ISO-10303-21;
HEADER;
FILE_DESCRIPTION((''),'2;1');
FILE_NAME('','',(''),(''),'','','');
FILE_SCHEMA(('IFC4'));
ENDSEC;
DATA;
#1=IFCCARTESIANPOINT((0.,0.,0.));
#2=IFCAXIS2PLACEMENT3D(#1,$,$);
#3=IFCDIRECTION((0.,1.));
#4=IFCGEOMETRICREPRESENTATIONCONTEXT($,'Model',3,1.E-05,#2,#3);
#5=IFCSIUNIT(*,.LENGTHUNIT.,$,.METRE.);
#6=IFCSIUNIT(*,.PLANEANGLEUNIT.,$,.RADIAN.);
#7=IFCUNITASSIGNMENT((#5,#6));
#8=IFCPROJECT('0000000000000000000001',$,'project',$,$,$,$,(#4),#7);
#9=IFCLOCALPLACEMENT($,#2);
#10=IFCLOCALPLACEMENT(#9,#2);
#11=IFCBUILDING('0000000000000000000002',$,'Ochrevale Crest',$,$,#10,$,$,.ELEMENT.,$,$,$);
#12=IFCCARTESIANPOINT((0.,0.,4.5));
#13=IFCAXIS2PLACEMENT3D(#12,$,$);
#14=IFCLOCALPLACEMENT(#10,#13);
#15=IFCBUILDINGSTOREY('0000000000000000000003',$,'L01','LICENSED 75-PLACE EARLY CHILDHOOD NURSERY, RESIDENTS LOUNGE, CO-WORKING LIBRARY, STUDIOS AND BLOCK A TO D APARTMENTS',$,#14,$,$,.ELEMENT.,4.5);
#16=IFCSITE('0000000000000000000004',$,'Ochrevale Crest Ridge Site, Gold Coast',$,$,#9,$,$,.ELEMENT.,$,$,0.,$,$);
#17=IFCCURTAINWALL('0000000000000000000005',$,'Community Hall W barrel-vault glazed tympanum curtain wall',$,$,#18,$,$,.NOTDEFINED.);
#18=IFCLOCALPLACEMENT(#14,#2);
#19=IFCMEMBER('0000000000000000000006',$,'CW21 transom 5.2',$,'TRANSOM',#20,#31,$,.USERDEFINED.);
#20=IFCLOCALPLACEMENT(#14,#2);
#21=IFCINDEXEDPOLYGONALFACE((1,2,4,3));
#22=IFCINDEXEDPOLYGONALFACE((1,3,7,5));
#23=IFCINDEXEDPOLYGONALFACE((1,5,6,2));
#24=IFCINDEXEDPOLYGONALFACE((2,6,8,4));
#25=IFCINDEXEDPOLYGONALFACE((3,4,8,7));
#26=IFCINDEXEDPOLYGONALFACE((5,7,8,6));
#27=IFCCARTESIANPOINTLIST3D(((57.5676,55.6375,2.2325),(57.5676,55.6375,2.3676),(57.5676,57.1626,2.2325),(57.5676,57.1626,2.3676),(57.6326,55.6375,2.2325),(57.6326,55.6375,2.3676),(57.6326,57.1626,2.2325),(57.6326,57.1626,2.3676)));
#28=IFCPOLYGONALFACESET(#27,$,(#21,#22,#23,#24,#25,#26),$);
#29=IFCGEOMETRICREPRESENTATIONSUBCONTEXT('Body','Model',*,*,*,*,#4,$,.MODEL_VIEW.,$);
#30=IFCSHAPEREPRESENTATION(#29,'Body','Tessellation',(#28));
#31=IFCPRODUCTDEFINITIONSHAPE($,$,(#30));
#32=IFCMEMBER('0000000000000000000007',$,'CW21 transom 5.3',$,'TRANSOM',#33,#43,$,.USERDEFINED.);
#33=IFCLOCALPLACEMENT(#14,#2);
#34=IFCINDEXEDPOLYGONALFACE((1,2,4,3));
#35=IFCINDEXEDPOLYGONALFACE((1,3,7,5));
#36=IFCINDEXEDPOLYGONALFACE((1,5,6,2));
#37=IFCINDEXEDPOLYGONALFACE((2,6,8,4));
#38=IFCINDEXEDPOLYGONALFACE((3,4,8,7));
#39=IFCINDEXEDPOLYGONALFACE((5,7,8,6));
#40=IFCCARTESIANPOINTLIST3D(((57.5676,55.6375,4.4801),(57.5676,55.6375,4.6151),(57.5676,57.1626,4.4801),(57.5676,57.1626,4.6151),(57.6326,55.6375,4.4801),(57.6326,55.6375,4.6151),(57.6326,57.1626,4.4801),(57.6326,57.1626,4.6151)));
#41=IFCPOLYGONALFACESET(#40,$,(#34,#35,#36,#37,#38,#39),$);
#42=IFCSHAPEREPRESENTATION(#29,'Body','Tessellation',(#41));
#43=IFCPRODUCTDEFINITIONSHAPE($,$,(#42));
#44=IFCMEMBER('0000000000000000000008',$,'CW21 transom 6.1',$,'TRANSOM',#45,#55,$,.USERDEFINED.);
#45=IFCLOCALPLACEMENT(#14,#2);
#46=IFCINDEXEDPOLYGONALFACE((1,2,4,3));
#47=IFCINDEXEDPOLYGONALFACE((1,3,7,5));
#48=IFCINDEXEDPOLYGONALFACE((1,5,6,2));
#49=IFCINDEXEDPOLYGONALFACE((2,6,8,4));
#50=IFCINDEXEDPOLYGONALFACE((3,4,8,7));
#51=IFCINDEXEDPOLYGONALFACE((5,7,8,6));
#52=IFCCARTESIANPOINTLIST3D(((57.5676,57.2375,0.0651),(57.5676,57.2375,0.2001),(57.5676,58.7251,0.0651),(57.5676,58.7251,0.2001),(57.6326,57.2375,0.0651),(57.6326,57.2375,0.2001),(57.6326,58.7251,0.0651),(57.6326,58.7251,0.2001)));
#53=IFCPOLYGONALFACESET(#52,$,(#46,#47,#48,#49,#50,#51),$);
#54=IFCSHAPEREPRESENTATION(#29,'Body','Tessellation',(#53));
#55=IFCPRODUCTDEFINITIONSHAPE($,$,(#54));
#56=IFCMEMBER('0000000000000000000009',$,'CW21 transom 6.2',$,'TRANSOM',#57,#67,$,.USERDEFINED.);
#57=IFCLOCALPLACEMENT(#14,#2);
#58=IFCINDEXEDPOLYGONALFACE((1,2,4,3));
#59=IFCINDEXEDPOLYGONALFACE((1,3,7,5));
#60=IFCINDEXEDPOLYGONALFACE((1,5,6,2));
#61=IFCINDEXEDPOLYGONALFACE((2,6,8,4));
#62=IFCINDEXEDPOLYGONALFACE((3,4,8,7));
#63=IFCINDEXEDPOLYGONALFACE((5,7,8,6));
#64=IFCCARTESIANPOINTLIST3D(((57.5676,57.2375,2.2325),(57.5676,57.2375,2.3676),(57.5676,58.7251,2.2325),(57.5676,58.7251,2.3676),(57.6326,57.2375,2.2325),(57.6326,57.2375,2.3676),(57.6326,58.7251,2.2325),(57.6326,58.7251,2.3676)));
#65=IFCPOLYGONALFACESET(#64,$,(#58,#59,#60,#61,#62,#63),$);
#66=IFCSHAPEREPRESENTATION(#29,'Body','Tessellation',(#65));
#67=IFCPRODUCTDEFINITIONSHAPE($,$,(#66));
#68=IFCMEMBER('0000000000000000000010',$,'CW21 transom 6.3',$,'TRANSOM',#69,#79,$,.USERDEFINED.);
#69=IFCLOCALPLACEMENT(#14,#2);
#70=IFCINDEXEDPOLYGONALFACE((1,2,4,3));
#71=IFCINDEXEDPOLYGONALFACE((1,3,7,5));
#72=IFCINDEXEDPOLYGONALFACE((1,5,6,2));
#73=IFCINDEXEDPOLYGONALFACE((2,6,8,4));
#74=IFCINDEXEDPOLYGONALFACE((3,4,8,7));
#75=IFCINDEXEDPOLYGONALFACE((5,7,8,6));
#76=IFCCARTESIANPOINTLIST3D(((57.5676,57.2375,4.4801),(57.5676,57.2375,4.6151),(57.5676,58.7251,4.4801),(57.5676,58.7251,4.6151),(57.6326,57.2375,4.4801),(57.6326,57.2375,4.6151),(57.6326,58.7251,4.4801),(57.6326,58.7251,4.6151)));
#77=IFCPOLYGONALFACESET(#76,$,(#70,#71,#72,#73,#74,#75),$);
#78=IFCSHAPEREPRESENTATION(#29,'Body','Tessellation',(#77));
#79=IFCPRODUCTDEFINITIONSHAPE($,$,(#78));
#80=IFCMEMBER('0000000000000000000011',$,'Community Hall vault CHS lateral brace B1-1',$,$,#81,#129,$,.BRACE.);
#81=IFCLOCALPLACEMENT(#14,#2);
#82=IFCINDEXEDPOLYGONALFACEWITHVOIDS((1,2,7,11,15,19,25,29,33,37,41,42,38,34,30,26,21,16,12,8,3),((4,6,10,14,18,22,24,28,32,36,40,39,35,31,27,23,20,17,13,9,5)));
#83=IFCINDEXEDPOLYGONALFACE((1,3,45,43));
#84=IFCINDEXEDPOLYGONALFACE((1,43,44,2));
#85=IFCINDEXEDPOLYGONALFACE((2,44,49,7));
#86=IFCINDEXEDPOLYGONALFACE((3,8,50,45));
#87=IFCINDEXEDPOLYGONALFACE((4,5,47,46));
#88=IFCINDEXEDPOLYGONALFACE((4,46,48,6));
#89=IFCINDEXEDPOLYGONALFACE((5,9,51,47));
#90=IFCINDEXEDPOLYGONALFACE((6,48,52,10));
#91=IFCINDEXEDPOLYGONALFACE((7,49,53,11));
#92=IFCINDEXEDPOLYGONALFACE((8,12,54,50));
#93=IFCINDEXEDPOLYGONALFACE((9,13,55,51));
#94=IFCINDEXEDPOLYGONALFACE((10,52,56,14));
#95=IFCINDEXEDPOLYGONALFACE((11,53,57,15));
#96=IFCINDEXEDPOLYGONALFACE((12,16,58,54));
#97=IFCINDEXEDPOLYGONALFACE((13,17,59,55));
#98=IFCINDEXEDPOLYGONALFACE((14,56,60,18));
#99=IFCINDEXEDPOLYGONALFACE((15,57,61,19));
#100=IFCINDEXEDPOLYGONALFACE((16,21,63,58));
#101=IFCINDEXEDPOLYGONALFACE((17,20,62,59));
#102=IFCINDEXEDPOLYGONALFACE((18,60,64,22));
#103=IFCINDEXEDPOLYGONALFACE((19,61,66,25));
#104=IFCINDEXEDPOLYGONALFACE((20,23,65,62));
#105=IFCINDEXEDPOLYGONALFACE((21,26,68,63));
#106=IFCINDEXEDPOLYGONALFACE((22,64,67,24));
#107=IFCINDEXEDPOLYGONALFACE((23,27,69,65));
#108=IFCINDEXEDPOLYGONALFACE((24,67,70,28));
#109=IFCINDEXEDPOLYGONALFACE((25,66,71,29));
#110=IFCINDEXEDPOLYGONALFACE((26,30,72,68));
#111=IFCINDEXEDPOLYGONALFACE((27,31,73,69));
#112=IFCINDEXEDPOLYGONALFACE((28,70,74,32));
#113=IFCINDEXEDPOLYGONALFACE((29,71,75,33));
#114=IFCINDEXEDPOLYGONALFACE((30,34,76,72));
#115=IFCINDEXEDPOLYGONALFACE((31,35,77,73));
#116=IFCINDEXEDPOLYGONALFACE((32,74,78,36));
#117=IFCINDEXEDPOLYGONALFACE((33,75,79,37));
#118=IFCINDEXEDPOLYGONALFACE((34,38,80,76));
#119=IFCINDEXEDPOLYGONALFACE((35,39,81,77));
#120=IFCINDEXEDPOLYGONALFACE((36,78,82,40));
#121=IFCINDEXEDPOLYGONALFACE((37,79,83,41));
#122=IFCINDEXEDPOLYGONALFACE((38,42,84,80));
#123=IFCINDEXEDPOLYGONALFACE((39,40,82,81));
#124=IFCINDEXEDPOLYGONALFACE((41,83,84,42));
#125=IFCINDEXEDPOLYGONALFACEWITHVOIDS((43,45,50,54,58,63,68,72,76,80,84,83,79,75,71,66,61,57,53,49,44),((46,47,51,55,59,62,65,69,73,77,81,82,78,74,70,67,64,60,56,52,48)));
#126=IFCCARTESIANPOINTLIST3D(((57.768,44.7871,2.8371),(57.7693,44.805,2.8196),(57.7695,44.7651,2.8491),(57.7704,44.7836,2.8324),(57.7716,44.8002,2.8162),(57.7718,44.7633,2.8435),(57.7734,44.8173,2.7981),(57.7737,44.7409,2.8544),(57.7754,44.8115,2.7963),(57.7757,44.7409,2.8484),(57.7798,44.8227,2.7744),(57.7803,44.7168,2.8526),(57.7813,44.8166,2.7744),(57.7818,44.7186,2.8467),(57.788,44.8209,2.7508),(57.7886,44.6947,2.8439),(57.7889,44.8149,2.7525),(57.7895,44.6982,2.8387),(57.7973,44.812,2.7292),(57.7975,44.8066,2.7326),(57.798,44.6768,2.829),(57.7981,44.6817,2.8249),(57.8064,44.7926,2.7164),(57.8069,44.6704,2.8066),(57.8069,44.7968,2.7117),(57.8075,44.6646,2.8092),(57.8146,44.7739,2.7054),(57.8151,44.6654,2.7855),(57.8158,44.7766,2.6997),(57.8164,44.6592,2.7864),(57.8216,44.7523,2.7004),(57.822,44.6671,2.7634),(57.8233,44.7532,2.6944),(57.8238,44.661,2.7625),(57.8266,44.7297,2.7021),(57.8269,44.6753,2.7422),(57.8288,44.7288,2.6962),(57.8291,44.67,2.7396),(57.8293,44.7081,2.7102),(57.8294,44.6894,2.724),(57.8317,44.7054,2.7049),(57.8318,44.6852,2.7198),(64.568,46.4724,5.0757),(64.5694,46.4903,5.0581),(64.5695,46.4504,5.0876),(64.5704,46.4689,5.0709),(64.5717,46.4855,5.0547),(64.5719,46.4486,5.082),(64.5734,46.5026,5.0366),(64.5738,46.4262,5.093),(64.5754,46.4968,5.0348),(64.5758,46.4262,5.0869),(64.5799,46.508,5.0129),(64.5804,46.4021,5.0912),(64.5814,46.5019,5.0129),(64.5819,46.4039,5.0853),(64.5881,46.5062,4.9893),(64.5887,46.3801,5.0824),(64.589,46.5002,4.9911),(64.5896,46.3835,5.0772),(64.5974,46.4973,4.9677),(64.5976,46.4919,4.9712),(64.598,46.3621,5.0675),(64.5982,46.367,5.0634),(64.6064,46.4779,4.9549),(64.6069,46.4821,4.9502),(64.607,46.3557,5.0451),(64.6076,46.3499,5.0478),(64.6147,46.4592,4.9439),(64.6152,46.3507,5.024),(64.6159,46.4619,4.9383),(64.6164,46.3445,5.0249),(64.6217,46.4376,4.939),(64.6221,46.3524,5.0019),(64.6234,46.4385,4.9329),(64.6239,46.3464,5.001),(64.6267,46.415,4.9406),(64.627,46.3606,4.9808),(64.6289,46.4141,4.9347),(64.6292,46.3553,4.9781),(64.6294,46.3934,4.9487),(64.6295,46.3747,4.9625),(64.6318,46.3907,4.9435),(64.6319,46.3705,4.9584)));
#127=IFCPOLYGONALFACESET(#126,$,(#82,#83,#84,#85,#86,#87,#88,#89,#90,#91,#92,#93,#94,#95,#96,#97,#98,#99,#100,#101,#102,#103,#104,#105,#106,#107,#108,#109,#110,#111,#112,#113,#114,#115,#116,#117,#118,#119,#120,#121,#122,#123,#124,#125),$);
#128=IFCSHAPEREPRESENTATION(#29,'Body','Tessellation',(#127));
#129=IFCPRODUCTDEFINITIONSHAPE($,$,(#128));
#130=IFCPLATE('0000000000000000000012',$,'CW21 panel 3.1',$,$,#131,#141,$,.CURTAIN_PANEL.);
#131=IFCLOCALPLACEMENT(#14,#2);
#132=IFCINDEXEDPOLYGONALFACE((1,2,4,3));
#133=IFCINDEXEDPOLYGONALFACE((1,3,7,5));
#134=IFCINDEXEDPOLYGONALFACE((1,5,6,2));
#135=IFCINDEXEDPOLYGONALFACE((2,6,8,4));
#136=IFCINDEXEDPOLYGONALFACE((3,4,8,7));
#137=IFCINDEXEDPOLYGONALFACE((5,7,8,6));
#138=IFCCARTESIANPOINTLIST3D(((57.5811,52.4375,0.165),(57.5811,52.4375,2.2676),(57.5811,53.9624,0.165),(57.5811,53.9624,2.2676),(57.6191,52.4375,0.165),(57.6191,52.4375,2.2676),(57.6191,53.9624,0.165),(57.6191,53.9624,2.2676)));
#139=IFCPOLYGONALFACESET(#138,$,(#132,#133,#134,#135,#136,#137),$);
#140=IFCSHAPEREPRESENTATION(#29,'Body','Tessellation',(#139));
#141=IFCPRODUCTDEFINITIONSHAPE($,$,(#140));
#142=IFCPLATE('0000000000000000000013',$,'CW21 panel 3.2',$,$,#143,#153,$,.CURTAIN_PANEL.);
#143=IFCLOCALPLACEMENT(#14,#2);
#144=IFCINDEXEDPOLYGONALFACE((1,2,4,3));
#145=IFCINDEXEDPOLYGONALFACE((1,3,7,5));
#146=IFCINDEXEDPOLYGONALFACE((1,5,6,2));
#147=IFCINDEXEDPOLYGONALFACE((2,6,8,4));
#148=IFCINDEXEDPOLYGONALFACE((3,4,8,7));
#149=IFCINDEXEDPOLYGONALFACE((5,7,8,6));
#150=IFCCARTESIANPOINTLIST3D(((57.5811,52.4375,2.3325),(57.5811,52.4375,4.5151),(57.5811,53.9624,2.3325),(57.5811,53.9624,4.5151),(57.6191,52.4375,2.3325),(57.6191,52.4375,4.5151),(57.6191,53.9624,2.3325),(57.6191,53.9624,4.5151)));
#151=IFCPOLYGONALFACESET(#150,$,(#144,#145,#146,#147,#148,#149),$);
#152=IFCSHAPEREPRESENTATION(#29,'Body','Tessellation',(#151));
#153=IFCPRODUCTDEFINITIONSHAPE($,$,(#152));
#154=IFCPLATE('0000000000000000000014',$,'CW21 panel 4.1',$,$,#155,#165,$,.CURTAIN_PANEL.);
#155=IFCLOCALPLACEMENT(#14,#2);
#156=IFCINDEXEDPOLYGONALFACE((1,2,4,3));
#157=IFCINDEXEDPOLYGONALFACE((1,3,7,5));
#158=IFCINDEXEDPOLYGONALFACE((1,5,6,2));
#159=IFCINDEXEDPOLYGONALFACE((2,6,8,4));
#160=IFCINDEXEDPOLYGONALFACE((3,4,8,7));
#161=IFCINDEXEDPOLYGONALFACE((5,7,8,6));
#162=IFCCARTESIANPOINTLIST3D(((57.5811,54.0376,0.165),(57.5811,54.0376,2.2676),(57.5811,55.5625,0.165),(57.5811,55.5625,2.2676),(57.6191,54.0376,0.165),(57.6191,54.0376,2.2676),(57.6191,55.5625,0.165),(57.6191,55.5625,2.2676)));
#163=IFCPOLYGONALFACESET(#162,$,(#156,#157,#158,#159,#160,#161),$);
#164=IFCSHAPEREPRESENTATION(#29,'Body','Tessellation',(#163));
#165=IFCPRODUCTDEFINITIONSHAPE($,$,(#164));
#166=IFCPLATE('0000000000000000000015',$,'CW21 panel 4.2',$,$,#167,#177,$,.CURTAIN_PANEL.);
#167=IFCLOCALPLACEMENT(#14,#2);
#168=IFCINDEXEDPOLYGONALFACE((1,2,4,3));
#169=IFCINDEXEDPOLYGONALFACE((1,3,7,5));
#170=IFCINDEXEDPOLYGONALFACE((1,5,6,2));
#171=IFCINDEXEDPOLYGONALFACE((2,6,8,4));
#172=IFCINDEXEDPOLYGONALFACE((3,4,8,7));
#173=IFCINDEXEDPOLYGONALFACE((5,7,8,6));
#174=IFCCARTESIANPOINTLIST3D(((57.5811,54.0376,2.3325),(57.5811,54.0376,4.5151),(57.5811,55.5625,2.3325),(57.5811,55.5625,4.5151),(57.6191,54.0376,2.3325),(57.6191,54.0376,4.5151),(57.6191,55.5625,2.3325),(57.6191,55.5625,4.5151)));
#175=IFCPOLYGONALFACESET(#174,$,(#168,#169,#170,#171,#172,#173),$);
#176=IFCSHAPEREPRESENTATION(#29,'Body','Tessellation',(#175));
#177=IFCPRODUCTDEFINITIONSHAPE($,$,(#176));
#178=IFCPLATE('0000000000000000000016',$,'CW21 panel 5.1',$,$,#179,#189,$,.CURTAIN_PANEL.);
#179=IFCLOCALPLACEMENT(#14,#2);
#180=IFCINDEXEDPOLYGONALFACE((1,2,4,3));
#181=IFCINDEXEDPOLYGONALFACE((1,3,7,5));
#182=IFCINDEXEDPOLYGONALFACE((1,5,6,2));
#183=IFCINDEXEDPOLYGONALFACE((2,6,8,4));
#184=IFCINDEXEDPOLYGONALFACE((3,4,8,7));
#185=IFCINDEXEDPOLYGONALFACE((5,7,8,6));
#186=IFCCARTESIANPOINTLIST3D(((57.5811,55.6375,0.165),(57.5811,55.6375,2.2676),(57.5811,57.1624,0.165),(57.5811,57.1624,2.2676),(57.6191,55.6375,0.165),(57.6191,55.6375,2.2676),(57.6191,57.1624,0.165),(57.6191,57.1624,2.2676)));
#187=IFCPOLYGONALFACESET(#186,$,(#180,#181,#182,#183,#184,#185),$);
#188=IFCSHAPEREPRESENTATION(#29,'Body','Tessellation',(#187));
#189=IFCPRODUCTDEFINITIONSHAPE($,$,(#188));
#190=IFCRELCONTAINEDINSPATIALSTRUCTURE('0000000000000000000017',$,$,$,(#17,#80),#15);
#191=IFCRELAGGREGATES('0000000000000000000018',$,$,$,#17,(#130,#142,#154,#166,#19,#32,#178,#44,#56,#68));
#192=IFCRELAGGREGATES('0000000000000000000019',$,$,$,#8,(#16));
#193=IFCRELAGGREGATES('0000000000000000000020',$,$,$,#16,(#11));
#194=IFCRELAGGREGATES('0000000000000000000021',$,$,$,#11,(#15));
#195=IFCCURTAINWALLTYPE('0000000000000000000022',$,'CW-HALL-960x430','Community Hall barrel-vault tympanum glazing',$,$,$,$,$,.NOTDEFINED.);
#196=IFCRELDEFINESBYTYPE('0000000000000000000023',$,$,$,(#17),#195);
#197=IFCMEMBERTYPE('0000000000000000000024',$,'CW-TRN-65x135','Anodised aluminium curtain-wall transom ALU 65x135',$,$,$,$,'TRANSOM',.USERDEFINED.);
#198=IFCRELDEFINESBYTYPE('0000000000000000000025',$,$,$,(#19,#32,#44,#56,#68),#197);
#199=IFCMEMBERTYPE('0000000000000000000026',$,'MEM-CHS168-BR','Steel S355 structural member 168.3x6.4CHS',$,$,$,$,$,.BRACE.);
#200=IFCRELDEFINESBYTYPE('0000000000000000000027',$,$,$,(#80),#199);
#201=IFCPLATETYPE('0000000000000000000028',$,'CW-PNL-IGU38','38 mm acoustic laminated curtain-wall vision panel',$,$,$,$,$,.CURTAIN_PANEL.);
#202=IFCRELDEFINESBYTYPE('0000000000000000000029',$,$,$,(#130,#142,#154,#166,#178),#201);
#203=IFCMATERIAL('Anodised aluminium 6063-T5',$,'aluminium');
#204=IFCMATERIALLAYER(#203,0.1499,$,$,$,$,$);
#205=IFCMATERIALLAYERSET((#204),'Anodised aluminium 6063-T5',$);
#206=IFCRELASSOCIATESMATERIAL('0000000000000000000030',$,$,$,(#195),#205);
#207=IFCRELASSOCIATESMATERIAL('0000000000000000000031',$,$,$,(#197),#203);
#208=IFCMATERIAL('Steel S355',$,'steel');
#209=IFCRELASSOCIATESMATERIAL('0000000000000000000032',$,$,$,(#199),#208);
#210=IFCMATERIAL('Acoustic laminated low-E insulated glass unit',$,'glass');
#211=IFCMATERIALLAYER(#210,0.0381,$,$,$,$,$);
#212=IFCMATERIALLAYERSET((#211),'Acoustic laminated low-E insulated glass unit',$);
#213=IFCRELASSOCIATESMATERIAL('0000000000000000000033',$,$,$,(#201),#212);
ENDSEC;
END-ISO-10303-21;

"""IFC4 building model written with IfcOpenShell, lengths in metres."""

from ifc_helpers import new_model, si_unit, direction, frame, origin, origin_2d, place, context, subcontext, project, spatial, rectangle, hollow_circle, extrude, material, layer, layer_set, material_profile, profile_set, type_object, element, aggregate, save


model = new_model("IFC4")

# Units and contexts
model_context = context("Model", 3, precision=1e-05, world=origin(), true_north=direction((0.0, 1.0)))
body_context = subcontext(model_context, "Body", "Model", "MODEL_VIEW")
ifc_project = project(units=[si_unit("LENGTHUNIT", "METRE"), si_unit("PLANEANGLEUNIT", "RADIAN")], contexts=[model_context])

# Site, building, storey
site_placement = place(None, origin())
site = spatial("IfcSite", under=ifc_project, at=site_placement, Name="Ochrevale Crest Ridge Site, Gold Coast", CompositionType="ELEMENT", RefElevation=0.0)
building_placement = place(site_placement, origin())
building = spatial("IfcBuilding", under=site, at=building_placement, Name="Ochrevale Crest", CompositionType="ELEMENT")
storey_placement = place(building_placement, frame((0.0, 0.0, 4.5)))
storey = spatial("IfcBuildingStorey", under=building, at=storey_placement, Name="L01", Description="LICENSED 75-PLACE EARLY CHILDHOOD NURSERY, RESIDENTS LOUNGE, CO-WORKING LIBRARY, STUDIOS AND BLOCK A TO D APARTMENTS", CompositionType="ELEMENT", Elevation=4.5)

# Curtain wall, members
ifc_material_1 = material(Name="Anodised aluminium 6063-T5", Category="aluminium")
ifc_layer_1 = layer(ifc_material_1, 0.1499)
ifc_layer_set_1 = layer_set([ifc_layer_1], Name="Anodised aluminium 6063-T5")
curtain_wall_type = type_object("IfcCurtainWallType", Name="CW-HALL-960x430", Description="Community Hall barrel-vault tympanum glazing", PredefinedType="NOTDEFINED", material=ifc_layer_set_1)
curtain_wall_placement = place(storey_placement, origin())
curtain_wall = element("IfcCurtainWall", 1, at=curtain_wall_placement, inside=storey, type_object=curtain_wall_type, Name="Community Hall W barrel-vault glazed tympanum curtain wall", PredefinedType="NOTDEFINED")
ifc_material_profile_1 = material_profile(ifc_material_1, rectangle(XDim=0.0649, YDim=0.135, at=origin_2d()), Name="ALU 65x135")
ifc_profile_set_1 = profile_set([ifc_material_profile_1], Name="Anodised aluminium 6063-T5")
member_type_1 = type_object("IfcMemberType", Name="CW-TRN-65x135", Description="Anodised aluminium curtain-wall transom ALU 65x135", ElementType="TRANSOM", PredefinedType="USERDEFINED", material=ifc_profile_set_1)
member_1_placement = place(storey_placement, frame((57.6001, 55.6375, 2.3), z_axis=(0.0, 1.0, 0.0), x_axis=(-1.0, 0.0, 0.0)))
member_1 = element("IfcMember", 2, at=member_1_placement, type_object=member_type_1, Name="CW21 transom 5.2", ObjectType="TRANSOM", PredefinedType="USERDEFINED", context=body_context, shape_type="SweptSolid", body=[
    extrude(rectangle(XDim=0.0649, YDim=0.135, at=origin_2d()), origin(), (0.0, 0.0, 1.0), 1.5251),
])
member_2_placement = place(storey_placement, frame((57.6001, 55.6375, 4.5476), z_axis=(0.0, 1.0, 0.0), x_axis=(-1.0, 0.0, 0.0)))
member_2 = element("IfcMember", 3, at=member_2_placement, type_object=member_type_1, Name="CW21 transom 5.3", ObjectType="TRANSOM", PredefinedType="USERDEFINED", context=body_context, shape_type="SweptSolid", body=[
    extrude(rectangle(XDim=0.0649, YDim=0.135, at=origin_2d()), origin(), (0.0, 0.0, 1.0), 1.5251),
])
member_3_placement = place(storey_placement, frame((57.6001, 57.2375, 0.1326), z_axis=(0.0, 1.0, 0.0), x_axis=(-1.0, 0.0, 0.0)))
member_3 = element("IfcMember", 4, at=member_3_placement, type_object=member_type_1, Name="CW21 transom 6.1", ObjectType="TRANSOM", PredefinedType="USERDEFINED", context=body_context, shape_type="SweptSolid", body=[
    extrude(rectangle(XDim=0.0649, YDim=0.135, at=origin_2d()), origin(), (0.0, 0.0, 1.0), 1.4875),
])
member_4_placement = place(storey_placement, frame((57.6001, 57.2375, 2.3), z_axis=(0.0, 1.0, 0.0), x_axis=(-1.0, 0.0, 0.0)))
member_4 = element("IfcMember", 5, at=member_4_placement, type_object=member_type_1, Name="CW21 transom 6.2", ObjectType="TRANSOM", PredefinedType="USERDEFINED", context=body_context, shape_type="SweptSolid", body=[
    extrude(rectangle(XDim=0.0649, YDim=0.135, at=origin_2d()), origin(), (0.0, 0.0, 1.0), 1.4875),
])
member_5_placement = place(storey_placement, frame((57.6001, 57.2375, 4.5476), z_axis=(0.0, 1.0, 0.0), x_axis=(-1.0, 0.0, 0.0)))
member_5 = element("IfcMember", 6, at=member_5_placement, type_object=member_type_1, Name="CW21 transom 6.3", ObjectType="TRANSOM", PredefinedType="USERDEFINED", context=body_context, shape_type="SweptSolid", body=[
    extrude(rectangle(XDim=0.0649, YDim=0.135, at=origin_2d()), origin(), (0.0, 0.0, 1.0), 1.4875),
])

# Member
ifc_material_2 = material(Name="Steel S355", Category="steel")
ifc_material_profile_2 = material_profile(ifc_material_2, hollow_circle(Radius=0.0842, WallThickness=0.0063, at=origin_2d()), Name="168.3x6.4CHS")
ifc_profile_set_2 = profile_set([ifc_material_profile_2], Name="Steel S355")
member_type_2 = type_object("IfcMemberType", Name="MEM-CHS168-BR", Description="Steel S355 structural member 168.3x6.4CHS", PredefinedType="BRACE", material=ifc_profile_set_2)
member_6_placement = place(storey_placement, frame((57.8, 44.741, 2.7744), z_axis=(0.924583, 0.229146, 0.304366), x_axis=(-0.240559, 0.970635, 0.0)))
element("IfcMember", 7, at=member_6_placement, inside=storey, type_object=member_type_2, Name="Community Hall vault CHS lateral brace B1-1", PredefinedType="BRACE", context=body_context, shape_type="SweptSolid", body=[
    extrude(hollow_circle(Radius=0.0842, WallThickness=0.0063, at=origin_2d()), origin(), (0.0, 0.0, 1.0), 7.3547),
])

# Plates
ifc_material_3 = material(Name="Acoustic laminated low-E insulated glass unit", Category="glass")
ifc_layer_2 = layer(ifc_material_3, 0.0381)
ifc_layer_set_2 = layer_set([ifc_layer_2], Name="Acoustic laminated low-E insulated glass unit")
plate_type_1 = type_object("IfcPlateType", Name="CW-PNL-IGU38", Description="38 mm acoustic laminated curtain-wall vision panel", PredefinedType="CURTAIN_PANEL", material=ifc_layer_set_2)
plate_1_placement = place(storey_placement, frame((57.6001, 53.2, 0.165), z_axis=(0.0, 0.0, 1.0), x_axis=(0.0, 1.0, 0.0)))
plate_1 = element("IfcPlate", 8, at=plate_1_placement, type_object=plate_type_1, Name="CW21 panel 3.1", PredefinedType="CURTAIN_PANEL", context=body_context, shape_type="SweptSolid", body=[
    extrude(rectangle(XDim=1.5249, YDim=0.0381, at=origin_2d()), origin(), (0.0, 0.0, 1.0), 2.1025),
])
plate_2_placement = place(storey_placement, frame((57.6001, 53.2, 2.3325), z_axis=(0.0, 0.0, 1.0), x_axis=(0.0, 1.0, 0.0)))
plate_2 = element("IfcPlate", 9, at=plate_2_placement, type_object=plate_type_1, Name="CW21 panel 3.2", PredefinedType="CURTAIN_PANEL", context=body_context, shape_type="SweptSolid", body=[
    extrude(rectangle(XDim=1.5249, YDim=0.0381, at=origin_2d()), origin(), (0.0, 0.0, 1.0), 2.1826),
])
plate_3_placement = place(storey_placement, frame((57.6001, 54.8, 0.165), z_axis=(0.0, 0.0, 1.0), x_axis=(0.0, 1.0, 0.0)))
plate_3 = element("IfcPlate", 10, at=plate_3_placement, type_object=plate_type_1, Name="CW21 panel 4.1", PredefinedType="CURTAIN_PANEL", context=body_context, shape_type="SweptSolid", body=[
    extrude(rectangle(XDim=1.5249, YDim=0.0381, at=origin_2d()), origin(), (0.0, 0.0, 1.0), 2.1025),
])
plate_4_placement = place(storey_placement, frame((57.6001, 54.8, 2.3325), z_axis=(0.0, 0.0, 1.0), x_axis=(0.0, 1.0, 0.0)))
plate_4 = element("IfcPlate", 11, at=plate_4_placement, type_object=plate_type_1, Name="CW21 panel 4.2", PredefinedType="CURTAIN_PANEL", context=body_context, shape_type="SweptSolid", body=[
    extrude(rectangle(XDim=1.5249, YDim=0.0381, at=origin_2d()), origin(), (0.0, 0.0, 1.0), 2.1826),
])
plate_5_placement = place(storey_placement, frame((57.6001, 56.3999, 0.165), z_axis=(0.0, 0.0, 1.0), x_axis=(0.0, 1.0, 0.0)))
plate_5 = element("IfcPlate", 12, at=plate_5_placement, type_object=plate_type_1, Name="CW21 panel 5.1", PredefinedType="CURTAIN_PANEL", context=body_context, shape_type="SweptSolid", body=[
    extrude(rectangle(XDim=1.5249, YDim=0.0381, at=origin_2d()), origin(), (0.0, 0.0, 1.0), 2.1025),
])
aggregate(curtain_wall, [plate_1, plate_2, plate_3, plate_4, member_1, member_2, plate_5, member_3, member_4, member_5])

save(model, "model.ifc")
